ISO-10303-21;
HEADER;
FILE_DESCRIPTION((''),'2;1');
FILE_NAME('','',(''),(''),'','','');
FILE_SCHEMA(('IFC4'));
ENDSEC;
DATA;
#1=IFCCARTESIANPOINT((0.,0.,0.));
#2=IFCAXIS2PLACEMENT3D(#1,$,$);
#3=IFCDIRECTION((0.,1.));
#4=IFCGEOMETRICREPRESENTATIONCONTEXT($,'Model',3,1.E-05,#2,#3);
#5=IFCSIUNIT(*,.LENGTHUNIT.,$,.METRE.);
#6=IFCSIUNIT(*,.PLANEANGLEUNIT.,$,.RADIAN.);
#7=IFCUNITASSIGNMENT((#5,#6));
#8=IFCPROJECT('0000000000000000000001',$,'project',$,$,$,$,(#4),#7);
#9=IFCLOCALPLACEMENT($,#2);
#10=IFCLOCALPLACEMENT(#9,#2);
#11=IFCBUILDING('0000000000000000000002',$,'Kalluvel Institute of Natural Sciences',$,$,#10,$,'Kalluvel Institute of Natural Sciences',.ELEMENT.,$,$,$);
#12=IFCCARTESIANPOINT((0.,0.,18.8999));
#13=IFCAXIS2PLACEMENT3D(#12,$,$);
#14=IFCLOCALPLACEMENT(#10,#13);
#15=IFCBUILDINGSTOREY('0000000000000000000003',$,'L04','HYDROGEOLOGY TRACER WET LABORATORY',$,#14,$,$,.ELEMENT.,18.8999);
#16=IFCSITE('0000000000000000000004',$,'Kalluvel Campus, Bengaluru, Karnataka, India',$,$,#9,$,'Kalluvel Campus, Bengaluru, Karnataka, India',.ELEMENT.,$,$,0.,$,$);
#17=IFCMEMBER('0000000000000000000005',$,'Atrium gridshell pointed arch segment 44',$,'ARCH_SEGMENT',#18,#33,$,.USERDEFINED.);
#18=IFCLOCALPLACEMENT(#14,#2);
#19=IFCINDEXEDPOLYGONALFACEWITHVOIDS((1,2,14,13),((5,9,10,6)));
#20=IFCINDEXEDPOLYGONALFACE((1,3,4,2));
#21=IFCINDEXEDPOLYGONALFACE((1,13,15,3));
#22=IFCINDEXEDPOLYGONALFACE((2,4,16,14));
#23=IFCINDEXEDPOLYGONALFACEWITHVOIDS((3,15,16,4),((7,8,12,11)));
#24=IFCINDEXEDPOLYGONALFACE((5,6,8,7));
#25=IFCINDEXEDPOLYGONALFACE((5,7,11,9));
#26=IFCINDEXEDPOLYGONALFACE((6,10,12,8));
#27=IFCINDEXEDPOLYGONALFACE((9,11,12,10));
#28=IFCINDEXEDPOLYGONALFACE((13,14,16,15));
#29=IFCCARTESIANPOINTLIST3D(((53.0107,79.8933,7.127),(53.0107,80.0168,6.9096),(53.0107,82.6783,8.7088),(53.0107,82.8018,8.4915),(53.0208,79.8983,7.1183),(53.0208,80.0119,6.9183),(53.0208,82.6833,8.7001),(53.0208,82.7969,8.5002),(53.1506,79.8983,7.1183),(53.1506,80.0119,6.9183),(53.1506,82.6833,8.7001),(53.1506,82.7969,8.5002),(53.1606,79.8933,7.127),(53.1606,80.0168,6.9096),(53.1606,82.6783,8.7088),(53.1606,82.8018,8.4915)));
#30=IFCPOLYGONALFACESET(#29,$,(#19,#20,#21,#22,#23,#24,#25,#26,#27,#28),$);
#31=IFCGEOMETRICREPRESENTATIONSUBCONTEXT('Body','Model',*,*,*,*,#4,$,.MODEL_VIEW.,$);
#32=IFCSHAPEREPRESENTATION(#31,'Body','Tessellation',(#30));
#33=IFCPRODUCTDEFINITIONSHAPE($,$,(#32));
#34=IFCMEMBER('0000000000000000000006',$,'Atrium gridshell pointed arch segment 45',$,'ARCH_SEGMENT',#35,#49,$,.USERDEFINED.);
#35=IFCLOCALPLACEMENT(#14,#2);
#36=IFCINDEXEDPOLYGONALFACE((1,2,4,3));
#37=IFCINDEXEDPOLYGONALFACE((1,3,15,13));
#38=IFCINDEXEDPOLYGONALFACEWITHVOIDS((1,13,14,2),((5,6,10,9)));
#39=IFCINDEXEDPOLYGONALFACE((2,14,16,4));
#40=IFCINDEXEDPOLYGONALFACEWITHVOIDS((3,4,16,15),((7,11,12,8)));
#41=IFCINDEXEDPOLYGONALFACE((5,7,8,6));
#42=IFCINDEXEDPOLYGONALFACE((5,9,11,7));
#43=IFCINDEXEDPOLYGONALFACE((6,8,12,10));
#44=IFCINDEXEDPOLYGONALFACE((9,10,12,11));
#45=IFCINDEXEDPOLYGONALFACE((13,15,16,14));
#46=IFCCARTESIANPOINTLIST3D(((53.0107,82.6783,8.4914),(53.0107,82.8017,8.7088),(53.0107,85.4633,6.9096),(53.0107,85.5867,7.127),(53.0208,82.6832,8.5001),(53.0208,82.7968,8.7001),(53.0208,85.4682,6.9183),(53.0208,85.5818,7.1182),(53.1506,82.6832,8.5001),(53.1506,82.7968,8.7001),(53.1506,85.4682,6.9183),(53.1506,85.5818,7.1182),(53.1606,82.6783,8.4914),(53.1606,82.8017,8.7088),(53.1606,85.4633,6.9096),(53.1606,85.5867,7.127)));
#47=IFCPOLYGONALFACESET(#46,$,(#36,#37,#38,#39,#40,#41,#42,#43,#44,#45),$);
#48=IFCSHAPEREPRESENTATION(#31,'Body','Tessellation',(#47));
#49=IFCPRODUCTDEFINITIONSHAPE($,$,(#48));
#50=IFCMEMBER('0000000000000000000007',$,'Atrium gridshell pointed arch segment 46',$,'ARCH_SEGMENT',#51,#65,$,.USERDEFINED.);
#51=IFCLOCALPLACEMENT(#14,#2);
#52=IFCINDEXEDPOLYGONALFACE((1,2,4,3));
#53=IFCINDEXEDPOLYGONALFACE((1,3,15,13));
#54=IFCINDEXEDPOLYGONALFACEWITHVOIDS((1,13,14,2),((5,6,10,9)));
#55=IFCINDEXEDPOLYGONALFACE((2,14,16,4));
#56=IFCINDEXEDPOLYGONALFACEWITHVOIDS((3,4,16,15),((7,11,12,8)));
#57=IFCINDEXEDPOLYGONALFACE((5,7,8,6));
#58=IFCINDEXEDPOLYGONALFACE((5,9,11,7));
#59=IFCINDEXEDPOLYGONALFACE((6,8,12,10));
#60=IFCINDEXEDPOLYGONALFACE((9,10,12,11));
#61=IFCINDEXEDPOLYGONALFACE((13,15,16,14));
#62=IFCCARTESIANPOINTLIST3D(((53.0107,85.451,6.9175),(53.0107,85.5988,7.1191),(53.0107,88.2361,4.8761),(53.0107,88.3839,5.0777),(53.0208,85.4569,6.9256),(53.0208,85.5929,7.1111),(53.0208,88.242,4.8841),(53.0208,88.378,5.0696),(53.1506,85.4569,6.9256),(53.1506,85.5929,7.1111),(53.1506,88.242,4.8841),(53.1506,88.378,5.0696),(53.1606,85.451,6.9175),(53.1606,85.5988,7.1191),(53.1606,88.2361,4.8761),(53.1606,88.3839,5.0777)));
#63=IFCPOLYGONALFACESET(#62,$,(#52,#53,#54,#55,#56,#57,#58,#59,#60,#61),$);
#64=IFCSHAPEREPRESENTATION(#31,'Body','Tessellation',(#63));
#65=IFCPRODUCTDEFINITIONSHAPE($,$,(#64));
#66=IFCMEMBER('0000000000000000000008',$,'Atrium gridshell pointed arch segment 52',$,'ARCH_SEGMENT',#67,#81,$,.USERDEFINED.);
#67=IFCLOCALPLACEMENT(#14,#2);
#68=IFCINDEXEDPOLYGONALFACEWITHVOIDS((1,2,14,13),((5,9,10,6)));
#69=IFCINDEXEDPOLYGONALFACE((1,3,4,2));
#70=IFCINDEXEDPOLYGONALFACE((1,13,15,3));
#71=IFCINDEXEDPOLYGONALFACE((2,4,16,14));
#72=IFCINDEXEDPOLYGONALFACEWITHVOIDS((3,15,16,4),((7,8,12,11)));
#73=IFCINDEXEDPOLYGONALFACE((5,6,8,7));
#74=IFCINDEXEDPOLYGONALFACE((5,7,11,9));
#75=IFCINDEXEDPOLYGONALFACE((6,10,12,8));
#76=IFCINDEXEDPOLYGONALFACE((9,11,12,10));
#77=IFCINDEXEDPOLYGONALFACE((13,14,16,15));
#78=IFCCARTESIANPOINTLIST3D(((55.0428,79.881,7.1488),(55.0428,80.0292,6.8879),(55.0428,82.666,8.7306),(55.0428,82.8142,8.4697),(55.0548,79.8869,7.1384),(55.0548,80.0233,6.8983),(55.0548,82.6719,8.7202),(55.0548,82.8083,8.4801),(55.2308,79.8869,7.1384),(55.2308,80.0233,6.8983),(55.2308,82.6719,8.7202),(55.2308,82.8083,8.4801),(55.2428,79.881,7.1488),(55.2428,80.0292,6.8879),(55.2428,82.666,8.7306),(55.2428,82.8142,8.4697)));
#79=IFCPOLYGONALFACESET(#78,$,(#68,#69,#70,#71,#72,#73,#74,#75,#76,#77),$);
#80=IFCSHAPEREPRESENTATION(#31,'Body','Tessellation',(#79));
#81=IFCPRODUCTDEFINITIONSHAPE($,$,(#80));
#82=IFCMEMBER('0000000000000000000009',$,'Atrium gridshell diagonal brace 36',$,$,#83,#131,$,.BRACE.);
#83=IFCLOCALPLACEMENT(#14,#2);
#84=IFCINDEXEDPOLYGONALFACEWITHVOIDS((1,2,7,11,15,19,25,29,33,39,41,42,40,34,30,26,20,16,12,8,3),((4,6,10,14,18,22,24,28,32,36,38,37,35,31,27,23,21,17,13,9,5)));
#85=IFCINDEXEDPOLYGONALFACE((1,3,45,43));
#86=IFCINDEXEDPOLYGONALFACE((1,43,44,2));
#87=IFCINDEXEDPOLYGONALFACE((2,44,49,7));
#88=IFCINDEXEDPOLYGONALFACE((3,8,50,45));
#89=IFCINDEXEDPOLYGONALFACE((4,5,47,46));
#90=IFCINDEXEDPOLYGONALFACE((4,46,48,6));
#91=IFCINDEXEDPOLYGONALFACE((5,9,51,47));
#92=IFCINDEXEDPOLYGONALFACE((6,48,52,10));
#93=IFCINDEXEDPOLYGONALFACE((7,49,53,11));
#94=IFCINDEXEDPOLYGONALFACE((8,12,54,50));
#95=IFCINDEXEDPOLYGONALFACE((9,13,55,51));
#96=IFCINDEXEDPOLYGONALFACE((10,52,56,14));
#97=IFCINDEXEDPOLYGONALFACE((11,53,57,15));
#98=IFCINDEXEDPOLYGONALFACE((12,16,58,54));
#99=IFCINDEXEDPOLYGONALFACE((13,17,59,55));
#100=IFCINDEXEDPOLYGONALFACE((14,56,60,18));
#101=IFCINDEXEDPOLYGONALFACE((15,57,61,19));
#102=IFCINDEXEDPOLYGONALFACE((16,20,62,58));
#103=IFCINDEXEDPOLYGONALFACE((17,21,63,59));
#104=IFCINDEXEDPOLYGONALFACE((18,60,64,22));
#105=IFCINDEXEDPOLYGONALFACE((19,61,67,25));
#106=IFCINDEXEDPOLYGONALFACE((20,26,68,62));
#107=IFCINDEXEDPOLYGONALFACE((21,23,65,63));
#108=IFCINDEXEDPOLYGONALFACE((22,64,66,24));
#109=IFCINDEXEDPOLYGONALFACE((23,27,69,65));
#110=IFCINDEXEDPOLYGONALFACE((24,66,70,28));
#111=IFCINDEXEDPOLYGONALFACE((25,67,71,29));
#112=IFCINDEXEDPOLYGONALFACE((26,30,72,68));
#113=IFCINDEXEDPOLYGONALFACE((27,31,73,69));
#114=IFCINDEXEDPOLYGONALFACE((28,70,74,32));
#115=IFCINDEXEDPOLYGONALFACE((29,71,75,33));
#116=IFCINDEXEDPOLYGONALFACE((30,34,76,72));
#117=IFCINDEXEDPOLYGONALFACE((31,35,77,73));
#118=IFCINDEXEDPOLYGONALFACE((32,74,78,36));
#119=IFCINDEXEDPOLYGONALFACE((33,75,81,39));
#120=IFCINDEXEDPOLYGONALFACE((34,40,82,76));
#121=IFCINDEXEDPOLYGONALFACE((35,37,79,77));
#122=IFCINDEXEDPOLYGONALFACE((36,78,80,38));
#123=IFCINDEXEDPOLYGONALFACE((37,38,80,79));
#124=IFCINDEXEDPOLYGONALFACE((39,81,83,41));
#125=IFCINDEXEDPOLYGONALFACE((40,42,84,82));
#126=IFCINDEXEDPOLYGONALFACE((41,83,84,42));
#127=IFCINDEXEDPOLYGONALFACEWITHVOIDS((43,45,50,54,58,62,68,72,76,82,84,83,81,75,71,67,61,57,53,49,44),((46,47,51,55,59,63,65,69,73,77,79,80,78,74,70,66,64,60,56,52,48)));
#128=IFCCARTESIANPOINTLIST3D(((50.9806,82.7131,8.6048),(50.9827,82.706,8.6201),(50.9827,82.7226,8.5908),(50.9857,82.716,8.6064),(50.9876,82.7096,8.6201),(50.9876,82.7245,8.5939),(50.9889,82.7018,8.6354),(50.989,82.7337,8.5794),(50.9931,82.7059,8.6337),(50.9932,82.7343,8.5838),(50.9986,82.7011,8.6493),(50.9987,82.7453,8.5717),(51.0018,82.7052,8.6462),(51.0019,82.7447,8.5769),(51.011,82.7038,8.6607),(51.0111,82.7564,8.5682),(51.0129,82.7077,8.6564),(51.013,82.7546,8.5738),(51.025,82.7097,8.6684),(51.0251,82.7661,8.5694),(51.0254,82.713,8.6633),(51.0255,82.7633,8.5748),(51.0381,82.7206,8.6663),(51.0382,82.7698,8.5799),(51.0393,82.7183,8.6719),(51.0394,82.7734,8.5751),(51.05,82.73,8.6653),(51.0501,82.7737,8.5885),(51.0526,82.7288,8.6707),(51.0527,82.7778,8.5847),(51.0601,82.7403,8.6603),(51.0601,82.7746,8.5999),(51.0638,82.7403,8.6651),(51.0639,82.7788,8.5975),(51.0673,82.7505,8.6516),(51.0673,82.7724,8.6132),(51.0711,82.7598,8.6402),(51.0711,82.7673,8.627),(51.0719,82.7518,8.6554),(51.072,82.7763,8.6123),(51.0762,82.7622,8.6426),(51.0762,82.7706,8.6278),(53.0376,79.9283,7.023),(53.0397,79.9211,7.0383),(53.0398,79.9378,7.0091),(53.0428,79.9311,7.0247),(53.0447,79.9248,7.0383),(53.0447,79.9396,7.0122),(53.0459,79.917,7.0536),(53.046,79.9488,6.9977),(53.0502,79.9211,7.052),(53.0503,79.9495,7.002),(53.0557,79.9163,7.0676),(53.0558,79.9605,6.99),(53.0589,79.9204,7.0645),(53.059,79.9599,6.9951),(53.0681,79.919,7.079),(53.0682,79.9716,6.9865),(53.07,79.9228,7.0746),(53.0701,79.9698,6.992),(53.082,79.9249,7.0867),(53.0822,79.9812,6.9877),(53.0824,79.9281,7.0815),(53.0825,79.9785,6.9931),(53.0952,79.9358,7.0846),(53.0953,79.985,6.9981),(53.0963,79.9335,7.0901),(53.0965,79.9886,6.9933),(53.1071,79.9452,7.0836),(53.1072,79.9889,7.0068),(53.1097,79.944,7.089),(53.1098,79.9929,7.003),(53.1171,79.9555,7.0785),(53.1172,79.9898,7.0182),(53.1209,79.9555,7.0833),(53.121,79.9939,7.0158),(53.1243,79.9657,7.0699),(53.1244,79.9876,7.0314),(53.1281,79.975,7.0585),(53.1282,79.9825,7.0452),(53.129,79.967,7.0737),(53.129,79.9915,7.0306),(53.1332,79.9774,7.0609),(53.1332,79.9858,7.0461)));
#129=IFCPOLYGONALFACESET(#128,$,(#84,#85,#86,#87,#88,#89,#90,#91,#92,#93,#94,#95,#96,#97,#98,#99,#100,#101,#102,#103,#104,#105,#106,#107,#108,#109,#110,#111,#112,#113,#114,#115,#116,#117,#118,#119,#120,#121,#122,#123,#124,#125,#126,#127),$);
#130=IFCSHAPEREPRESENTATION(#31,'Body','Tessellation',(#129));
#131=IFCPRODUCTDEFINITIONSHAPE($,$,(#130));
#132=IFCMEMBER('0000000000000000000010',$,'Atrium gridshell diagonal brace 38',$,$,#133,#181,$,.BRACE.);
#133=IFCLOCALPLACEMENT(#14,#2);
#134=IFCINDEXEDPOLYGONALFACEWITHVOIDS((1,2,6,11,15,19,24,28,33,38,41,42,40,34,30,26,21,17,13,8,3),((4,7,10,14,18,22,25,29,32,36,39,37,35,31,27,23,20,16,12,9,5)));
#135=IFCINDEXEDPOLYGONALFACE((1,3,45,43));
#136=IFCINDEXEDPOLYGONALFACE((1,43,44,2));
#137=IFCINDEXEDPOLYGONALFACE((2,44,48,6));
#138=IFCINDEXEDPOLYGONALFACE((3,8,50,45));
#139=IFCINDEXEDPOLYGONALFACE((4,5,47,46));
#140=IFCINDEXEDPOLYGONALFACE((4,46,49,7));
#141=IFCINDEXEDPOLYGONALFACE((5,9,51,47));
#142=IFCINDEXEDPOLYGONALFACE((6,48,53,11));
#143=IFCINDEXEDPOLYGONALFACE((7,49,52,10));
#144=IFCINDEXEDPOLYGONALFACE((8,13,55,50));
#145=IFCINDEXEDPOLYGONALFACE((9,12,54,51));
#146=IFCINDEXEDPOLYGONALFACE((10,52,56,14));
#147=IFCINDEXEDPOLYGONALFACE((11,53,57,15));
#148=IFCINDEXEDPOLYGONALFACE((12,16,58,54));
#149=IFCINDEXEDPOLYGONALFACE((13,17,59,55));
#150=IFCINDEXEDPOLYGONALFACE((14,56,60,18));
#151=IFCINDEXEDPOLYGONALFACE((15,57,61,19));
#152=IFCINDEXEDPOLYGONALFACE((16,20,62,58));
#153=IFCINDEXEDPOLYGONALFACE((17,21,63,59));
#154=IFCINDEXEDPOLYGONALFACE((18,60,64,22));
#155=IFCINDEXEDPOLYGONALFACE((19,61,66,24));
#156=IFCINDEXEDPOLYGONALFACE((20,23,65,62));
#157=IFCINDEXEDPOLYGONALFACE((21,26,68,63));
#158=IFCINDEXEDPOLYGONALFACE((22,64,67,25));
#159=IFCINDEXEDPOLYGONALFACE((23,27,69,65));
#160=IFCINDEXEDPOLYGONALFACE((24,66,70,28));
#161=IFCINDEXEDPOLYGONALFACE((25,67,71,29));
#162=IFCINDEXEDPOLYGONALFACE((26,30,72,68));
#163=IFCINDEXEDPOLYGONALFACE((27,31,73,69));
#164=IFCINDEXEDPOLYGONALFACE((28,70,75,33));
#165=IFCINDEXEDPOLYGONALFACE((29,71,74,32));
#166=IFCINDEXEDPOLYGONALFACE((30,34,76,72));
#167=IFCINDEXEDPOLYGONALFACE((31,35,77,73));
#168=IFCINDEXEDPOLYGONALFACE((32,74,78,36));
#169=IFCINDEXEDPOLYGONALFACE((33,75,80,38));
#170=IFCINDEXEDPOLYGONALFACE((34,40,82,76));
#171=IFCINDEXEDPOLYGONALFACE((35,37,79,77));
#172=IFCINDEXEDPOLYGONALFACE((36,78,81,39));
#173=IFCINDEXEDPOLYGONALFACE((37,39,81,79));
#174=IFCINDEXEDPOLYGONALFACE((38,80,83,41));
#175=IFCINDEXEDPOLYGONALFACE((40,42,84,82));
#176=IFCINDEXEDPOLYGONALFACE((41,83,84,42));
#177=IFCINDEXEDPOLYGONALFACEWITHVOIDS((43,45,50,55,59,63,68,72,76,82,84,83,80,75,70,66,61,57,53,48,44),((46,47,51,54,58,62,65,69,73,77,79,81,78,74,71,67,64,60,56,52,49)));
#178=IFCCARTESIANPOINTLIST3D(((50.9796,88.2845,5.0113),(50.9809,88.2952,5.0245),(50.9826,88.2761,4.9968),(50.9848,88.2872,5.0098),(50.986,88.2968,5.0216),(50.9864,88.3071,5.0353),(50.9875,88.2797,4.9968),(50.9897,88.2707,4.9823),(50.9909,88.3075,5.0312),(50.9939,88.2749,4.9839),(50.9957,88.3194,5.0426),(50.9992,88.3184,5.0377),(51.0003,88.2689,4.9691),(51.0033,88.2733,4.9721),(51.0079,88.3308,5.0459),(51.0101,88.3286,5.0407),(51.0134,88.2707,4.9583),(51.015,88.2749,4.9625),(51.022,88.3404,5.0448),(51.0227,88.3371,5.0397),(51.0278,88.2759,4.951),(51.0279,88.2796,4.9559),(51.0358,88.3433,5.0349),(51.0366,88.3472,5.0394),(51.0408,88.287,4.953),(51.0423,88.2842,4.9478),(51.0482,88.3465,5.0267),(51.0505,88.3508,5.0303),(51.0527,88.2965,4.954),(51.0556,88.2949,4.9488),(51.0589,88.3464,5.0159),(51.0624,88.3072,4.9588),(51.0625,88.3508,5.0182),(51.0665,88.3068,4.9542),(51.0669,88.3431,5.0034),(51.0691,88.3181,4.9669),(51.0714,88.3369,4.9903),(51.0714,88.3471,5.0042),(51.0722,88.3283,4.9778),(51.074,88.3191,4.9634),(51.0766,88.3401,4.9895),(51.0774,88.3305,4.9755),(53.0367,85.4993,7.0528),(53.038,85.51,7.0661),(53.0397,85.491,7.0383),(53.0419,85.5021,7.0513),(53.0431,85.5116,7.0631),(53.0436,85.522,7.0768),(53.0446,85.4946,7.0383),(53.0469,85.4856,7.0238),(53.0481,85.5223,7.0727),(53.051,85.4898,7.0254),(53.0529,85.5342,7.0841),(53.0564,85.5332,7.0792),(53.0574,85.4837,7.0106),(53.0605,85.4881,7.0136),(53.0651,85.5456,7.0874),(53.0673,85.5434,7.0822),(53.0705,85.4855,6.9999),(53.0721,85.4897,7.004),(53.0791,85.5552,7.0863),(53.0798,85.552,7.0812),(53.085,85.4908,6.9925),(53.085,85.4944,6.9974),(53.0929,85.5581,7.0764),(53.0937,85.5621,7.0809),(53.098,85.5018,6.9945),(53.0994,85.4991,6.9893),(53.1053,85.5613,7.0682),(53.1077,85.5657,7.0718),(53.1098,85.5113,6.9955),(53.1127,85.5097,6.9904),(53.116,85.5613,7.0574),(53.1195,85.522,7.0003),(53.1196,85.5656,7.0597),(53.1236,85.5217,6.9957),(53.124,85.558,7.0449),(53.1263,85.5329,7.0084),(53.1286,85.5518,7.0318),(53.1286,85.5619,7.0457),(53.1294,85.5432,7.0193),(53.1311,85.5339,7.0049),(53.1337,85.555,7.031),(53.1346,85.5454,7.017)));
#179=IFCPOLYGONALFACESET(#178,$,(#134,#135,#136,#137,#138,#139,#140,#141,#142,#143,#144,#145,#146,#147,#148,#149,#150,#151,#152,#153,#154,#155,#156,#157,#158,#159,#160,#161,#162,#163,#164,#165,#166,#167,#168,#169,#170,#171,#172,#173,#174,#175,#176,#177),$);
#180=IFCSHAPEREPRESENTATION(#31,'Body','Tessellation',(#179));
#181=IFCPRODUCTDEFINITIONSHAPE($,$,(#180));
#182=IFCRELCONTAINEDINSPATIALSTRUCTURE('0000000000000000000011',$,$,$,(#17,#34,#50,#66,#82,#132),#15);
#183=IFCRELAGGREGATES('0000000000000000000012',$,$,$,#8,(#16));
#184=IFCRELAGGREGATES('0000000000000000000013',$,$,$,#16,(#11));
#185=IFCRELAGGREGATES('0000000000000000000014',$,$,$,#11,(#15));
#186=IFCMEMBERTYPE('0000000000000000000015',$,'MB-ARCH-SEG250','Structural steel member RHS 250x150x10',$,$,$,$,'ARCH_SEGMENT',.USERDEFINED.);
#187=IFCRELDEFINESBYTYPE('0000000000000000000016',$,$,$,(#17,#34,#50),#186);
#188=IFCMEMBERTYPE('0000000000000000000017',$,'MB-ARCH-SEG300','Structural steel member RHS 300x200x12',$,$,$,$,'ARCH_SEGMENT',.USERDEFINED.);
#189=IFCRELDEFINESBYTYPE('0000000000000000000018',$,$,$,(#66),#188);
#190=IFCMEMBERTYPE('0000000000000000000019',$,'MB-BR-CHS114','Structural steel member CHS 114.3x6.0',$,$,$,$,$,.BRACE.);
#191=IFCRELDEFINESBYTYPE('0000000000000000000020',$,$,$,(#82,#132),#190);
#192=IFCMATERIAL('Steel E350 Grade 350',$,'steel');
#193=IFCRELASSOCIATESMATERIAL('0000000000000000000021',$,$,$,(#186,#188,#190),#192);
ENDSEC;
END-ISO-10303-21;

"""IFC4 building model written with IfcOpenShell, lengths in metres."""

from ifc_helpers import new_model, si_unit, direction, frame, origin, origin_2d, place, context, subcontext, project, spatial, hollow_rectangle, hollow_circle, extrude, material, material_profile, profile_set, type_object, element, save


model = new_model("IFC4")

# Units and contexts
model_context = context("Model", 3, precision=1e-05, world=origin(), true_north=direction((0.0, 1.0)))
body_context = subcontext(model_context, "Body", "Model", "MODEL_VIEW")
ifc_project = project(units=[si_unit("LENGTHUNIT", "METRE"), si_unit("PLANEANGLEUNIT", "RADIAN")], contexts=[model_context])

# Site, building, storey
site_placement = place(None, origin())
site = spatial("IfcSite", under=ifc_project, at=site_placement, Name="Kalluvel Campus, Bengaluru, Karnataka, India", LongName="Kalluvel Campus, Bengaluru, Karnataka, India", CompositionType="ELEMENT", RefElevation=0.0)
building_placement = place(site_placement, origin())
building = spatial("IfcBuilding", under=site, at=building_placement, Name="Kalluvel Institute of Natural Sciences", LongName="Kalluvel Institute of Natural Sciences", CompositionType="ELEMENT")
storey_placement = place(building_placement, frame((0.0, 0.0, 18.8999)))
storey = spatial("IfcBuildingStorey", under=building, at=storey_placement, Name="L04", Description="HYDROGEOLOGY TRACER WET LABORATORY", CompositionType="ELEMENT", Elevation=18.8999)

# Members
ifc_material_1 = material(Name="Steel E350 Grade 350", Category="steel")
ifc_material_profile_1 = material_profile(ifc_material_1, hollow_rectangle(XDim=0.1499, YDim=0.25, WallThickness=0.01, at=origin_2d()), Name="RHS 250x150x10")
ifc_profile_set_1 = profile_set([ifc_material_profile_1], Name="Steel E350 Grade 350")
member_type_1 = type_object("IfcMemberType", Name="MB-ARCH-SEG250", Description="Structural steel member RHS 250x150x10", ElementType="ARCH_SEGMENT", PredefinedType="USERDEFINED", material=ifc_profile_set_1)
for number, where, z_axis, x_axis, name in (
    (1, (53.0857, 79.9551, 7.0183), (0.0, 0.86953, 0.49388), (-1.0, 0.0, 0.0), "Atrium gridshell pointed arch segment 44"),
    (2, (53.0857, 82.74, 8.6001), (0.0, 0.86953, -0.49388), (-1.0, 0.0, 0.0), "Atrium gridshell pointed arch segment 45"),
):
    element("IfcMember", number, at=place(storey_placement, frame(where, z_axis=z_axis, x_axis=x_axis)), inside=storey, type_object=member_type_1, Name=name, ObjectType="ARCH_SEGMENT", PredefinedType="USERDEFINED", context=body_context, shape_type="SweptSolid", body=[
        extrude(hollow_rectangle(XDim=0.1499, YDim=0.25, WallThickness=0.01, at=origin_2d()), origin(), (0.0, 0.0, 1.0), 3.2029),
    ])
member_1_placement = place(storey_placement, frame((53.0857, 85.5249, 7.0183), z_axis=(0.0, 0.806535, -0.591186), x_axis=(-1.0, 0.0, 0.0)))
element("IfcMember", 3, at=member_1_placement, inside=storey, type_object=member_type_1, Name="Atrium gridshell pointed arch segment 46", ObjectType="ARCH_SEGMENT", PredefinedType="USERDEFINED", context=body_context, shape_type="SweptSolid", body=[
    extrude(hollow_rectangle(XDim=0.1499, YDim=0.25, WallThickness=0.01, at=origin_2d()), origin(), (0.0, 0.0, 1.0), 3.4531),
])
ifc_material_profile_2 = material_profile(ifc_material_1, hollow_rectangle(XDim=0.2, YDim=0.3, WallThickness=0.012, at=origin_2d()), Name="RHS 300x200x12")
ifc_profile_set_2 = profile_set([ifc_material_profile_2], Name="Steel E350 Grade 350")
member_type_2 = type_object("IfcMemberType", Name="MB-ARCH-SEG300", Description="Structural steel member RHS 300x200x12", ElementType="ARCH_SEGMENT", PredefinedType="USERDEFINED", material=ifc_profile_set_2)
member_2_placement = place(storey_placement, frame((55.1428, 79.9551, 7.0183), z_axis=(0.0, 0.86953, 0.49388), x_axis=(-1.0, 0.0, 0.0)))
element("IfcMember", 4, at=member_2_placement, inside=storey, type_object=member_type_2, Name="Atrium gridshell pointed arch segment 52", ObjectType="ARCH_SEGMENT", PredefinedType="USERDEFINED", context=body_context, shape_type="SweptSolid", body=[
    extrude(hollow_rectangle(XDim=0.2, YDim=0.3, WallThickness=0.012, at=origin_2d()), origin(), (0.0, 0.0, 1.0), 3.2029),
])
ifc_material_profile_3 = material_profile(ifc_material_1, hollow_circle(Radius=0.0571, WallThickness=0.0061, at=origin_2d()), Name="CHS 114.3x6.0")
ifc_profile_set_3 = profile_set([ifc_material_profile_3], Name="Steel E350 Grade 350")
member_type_3 = type_object("IfcMemberType", Name="MB-BR-CHS114", Description="Structural steel member CHS 114.3x6.0", PredefinedType="BRACE", material=ifc_profile_set_3)
member_3_placement = place(storey_placement, frame((53.0857, 79.9551, 7.0383), z_axis=(-0.540423, 0.731617, 0.415547), x_axis=(-0.804353, -0.594151, 0.0)))
element("IfcMember", 5, at=member_3_placement, inside=storey, type_object=member_type_3, Name="Atrium gridshell diagonal brace 36", PredefinedType="BRACE", context=body_context, shape_type="SweptSolid", body=[
    extrude(hollow_circle(Radius=0.0571, WallThickness=0.0061, at=origin_2d()), origin(), (0.0, 0.0, 1.0), 3.8064),
])
member_4_placement = place(storey_placement, frame((53.0857, 85.5249, 7.0383), z_axis=(-0.511784, 0.692906, -0.507896), x_axis=(-0.804378, -0.594117, 0.0)))
element("IfcMember", 6, at=member_4_placement, inside=storey, type_object=member_type_3, Name="Atrium gridshell diagonal brace 38", PredefinedType="BRACE", context=body_context, shape_type="SweptSolid", body=[
    extrude(hollow_circle(Radius=0.0571, WallThickness=0.0061, at=origin_2d()), origin(), (0.0, 0.0, 1.0), 4.0195),
])

save(model, "model.ifc")
